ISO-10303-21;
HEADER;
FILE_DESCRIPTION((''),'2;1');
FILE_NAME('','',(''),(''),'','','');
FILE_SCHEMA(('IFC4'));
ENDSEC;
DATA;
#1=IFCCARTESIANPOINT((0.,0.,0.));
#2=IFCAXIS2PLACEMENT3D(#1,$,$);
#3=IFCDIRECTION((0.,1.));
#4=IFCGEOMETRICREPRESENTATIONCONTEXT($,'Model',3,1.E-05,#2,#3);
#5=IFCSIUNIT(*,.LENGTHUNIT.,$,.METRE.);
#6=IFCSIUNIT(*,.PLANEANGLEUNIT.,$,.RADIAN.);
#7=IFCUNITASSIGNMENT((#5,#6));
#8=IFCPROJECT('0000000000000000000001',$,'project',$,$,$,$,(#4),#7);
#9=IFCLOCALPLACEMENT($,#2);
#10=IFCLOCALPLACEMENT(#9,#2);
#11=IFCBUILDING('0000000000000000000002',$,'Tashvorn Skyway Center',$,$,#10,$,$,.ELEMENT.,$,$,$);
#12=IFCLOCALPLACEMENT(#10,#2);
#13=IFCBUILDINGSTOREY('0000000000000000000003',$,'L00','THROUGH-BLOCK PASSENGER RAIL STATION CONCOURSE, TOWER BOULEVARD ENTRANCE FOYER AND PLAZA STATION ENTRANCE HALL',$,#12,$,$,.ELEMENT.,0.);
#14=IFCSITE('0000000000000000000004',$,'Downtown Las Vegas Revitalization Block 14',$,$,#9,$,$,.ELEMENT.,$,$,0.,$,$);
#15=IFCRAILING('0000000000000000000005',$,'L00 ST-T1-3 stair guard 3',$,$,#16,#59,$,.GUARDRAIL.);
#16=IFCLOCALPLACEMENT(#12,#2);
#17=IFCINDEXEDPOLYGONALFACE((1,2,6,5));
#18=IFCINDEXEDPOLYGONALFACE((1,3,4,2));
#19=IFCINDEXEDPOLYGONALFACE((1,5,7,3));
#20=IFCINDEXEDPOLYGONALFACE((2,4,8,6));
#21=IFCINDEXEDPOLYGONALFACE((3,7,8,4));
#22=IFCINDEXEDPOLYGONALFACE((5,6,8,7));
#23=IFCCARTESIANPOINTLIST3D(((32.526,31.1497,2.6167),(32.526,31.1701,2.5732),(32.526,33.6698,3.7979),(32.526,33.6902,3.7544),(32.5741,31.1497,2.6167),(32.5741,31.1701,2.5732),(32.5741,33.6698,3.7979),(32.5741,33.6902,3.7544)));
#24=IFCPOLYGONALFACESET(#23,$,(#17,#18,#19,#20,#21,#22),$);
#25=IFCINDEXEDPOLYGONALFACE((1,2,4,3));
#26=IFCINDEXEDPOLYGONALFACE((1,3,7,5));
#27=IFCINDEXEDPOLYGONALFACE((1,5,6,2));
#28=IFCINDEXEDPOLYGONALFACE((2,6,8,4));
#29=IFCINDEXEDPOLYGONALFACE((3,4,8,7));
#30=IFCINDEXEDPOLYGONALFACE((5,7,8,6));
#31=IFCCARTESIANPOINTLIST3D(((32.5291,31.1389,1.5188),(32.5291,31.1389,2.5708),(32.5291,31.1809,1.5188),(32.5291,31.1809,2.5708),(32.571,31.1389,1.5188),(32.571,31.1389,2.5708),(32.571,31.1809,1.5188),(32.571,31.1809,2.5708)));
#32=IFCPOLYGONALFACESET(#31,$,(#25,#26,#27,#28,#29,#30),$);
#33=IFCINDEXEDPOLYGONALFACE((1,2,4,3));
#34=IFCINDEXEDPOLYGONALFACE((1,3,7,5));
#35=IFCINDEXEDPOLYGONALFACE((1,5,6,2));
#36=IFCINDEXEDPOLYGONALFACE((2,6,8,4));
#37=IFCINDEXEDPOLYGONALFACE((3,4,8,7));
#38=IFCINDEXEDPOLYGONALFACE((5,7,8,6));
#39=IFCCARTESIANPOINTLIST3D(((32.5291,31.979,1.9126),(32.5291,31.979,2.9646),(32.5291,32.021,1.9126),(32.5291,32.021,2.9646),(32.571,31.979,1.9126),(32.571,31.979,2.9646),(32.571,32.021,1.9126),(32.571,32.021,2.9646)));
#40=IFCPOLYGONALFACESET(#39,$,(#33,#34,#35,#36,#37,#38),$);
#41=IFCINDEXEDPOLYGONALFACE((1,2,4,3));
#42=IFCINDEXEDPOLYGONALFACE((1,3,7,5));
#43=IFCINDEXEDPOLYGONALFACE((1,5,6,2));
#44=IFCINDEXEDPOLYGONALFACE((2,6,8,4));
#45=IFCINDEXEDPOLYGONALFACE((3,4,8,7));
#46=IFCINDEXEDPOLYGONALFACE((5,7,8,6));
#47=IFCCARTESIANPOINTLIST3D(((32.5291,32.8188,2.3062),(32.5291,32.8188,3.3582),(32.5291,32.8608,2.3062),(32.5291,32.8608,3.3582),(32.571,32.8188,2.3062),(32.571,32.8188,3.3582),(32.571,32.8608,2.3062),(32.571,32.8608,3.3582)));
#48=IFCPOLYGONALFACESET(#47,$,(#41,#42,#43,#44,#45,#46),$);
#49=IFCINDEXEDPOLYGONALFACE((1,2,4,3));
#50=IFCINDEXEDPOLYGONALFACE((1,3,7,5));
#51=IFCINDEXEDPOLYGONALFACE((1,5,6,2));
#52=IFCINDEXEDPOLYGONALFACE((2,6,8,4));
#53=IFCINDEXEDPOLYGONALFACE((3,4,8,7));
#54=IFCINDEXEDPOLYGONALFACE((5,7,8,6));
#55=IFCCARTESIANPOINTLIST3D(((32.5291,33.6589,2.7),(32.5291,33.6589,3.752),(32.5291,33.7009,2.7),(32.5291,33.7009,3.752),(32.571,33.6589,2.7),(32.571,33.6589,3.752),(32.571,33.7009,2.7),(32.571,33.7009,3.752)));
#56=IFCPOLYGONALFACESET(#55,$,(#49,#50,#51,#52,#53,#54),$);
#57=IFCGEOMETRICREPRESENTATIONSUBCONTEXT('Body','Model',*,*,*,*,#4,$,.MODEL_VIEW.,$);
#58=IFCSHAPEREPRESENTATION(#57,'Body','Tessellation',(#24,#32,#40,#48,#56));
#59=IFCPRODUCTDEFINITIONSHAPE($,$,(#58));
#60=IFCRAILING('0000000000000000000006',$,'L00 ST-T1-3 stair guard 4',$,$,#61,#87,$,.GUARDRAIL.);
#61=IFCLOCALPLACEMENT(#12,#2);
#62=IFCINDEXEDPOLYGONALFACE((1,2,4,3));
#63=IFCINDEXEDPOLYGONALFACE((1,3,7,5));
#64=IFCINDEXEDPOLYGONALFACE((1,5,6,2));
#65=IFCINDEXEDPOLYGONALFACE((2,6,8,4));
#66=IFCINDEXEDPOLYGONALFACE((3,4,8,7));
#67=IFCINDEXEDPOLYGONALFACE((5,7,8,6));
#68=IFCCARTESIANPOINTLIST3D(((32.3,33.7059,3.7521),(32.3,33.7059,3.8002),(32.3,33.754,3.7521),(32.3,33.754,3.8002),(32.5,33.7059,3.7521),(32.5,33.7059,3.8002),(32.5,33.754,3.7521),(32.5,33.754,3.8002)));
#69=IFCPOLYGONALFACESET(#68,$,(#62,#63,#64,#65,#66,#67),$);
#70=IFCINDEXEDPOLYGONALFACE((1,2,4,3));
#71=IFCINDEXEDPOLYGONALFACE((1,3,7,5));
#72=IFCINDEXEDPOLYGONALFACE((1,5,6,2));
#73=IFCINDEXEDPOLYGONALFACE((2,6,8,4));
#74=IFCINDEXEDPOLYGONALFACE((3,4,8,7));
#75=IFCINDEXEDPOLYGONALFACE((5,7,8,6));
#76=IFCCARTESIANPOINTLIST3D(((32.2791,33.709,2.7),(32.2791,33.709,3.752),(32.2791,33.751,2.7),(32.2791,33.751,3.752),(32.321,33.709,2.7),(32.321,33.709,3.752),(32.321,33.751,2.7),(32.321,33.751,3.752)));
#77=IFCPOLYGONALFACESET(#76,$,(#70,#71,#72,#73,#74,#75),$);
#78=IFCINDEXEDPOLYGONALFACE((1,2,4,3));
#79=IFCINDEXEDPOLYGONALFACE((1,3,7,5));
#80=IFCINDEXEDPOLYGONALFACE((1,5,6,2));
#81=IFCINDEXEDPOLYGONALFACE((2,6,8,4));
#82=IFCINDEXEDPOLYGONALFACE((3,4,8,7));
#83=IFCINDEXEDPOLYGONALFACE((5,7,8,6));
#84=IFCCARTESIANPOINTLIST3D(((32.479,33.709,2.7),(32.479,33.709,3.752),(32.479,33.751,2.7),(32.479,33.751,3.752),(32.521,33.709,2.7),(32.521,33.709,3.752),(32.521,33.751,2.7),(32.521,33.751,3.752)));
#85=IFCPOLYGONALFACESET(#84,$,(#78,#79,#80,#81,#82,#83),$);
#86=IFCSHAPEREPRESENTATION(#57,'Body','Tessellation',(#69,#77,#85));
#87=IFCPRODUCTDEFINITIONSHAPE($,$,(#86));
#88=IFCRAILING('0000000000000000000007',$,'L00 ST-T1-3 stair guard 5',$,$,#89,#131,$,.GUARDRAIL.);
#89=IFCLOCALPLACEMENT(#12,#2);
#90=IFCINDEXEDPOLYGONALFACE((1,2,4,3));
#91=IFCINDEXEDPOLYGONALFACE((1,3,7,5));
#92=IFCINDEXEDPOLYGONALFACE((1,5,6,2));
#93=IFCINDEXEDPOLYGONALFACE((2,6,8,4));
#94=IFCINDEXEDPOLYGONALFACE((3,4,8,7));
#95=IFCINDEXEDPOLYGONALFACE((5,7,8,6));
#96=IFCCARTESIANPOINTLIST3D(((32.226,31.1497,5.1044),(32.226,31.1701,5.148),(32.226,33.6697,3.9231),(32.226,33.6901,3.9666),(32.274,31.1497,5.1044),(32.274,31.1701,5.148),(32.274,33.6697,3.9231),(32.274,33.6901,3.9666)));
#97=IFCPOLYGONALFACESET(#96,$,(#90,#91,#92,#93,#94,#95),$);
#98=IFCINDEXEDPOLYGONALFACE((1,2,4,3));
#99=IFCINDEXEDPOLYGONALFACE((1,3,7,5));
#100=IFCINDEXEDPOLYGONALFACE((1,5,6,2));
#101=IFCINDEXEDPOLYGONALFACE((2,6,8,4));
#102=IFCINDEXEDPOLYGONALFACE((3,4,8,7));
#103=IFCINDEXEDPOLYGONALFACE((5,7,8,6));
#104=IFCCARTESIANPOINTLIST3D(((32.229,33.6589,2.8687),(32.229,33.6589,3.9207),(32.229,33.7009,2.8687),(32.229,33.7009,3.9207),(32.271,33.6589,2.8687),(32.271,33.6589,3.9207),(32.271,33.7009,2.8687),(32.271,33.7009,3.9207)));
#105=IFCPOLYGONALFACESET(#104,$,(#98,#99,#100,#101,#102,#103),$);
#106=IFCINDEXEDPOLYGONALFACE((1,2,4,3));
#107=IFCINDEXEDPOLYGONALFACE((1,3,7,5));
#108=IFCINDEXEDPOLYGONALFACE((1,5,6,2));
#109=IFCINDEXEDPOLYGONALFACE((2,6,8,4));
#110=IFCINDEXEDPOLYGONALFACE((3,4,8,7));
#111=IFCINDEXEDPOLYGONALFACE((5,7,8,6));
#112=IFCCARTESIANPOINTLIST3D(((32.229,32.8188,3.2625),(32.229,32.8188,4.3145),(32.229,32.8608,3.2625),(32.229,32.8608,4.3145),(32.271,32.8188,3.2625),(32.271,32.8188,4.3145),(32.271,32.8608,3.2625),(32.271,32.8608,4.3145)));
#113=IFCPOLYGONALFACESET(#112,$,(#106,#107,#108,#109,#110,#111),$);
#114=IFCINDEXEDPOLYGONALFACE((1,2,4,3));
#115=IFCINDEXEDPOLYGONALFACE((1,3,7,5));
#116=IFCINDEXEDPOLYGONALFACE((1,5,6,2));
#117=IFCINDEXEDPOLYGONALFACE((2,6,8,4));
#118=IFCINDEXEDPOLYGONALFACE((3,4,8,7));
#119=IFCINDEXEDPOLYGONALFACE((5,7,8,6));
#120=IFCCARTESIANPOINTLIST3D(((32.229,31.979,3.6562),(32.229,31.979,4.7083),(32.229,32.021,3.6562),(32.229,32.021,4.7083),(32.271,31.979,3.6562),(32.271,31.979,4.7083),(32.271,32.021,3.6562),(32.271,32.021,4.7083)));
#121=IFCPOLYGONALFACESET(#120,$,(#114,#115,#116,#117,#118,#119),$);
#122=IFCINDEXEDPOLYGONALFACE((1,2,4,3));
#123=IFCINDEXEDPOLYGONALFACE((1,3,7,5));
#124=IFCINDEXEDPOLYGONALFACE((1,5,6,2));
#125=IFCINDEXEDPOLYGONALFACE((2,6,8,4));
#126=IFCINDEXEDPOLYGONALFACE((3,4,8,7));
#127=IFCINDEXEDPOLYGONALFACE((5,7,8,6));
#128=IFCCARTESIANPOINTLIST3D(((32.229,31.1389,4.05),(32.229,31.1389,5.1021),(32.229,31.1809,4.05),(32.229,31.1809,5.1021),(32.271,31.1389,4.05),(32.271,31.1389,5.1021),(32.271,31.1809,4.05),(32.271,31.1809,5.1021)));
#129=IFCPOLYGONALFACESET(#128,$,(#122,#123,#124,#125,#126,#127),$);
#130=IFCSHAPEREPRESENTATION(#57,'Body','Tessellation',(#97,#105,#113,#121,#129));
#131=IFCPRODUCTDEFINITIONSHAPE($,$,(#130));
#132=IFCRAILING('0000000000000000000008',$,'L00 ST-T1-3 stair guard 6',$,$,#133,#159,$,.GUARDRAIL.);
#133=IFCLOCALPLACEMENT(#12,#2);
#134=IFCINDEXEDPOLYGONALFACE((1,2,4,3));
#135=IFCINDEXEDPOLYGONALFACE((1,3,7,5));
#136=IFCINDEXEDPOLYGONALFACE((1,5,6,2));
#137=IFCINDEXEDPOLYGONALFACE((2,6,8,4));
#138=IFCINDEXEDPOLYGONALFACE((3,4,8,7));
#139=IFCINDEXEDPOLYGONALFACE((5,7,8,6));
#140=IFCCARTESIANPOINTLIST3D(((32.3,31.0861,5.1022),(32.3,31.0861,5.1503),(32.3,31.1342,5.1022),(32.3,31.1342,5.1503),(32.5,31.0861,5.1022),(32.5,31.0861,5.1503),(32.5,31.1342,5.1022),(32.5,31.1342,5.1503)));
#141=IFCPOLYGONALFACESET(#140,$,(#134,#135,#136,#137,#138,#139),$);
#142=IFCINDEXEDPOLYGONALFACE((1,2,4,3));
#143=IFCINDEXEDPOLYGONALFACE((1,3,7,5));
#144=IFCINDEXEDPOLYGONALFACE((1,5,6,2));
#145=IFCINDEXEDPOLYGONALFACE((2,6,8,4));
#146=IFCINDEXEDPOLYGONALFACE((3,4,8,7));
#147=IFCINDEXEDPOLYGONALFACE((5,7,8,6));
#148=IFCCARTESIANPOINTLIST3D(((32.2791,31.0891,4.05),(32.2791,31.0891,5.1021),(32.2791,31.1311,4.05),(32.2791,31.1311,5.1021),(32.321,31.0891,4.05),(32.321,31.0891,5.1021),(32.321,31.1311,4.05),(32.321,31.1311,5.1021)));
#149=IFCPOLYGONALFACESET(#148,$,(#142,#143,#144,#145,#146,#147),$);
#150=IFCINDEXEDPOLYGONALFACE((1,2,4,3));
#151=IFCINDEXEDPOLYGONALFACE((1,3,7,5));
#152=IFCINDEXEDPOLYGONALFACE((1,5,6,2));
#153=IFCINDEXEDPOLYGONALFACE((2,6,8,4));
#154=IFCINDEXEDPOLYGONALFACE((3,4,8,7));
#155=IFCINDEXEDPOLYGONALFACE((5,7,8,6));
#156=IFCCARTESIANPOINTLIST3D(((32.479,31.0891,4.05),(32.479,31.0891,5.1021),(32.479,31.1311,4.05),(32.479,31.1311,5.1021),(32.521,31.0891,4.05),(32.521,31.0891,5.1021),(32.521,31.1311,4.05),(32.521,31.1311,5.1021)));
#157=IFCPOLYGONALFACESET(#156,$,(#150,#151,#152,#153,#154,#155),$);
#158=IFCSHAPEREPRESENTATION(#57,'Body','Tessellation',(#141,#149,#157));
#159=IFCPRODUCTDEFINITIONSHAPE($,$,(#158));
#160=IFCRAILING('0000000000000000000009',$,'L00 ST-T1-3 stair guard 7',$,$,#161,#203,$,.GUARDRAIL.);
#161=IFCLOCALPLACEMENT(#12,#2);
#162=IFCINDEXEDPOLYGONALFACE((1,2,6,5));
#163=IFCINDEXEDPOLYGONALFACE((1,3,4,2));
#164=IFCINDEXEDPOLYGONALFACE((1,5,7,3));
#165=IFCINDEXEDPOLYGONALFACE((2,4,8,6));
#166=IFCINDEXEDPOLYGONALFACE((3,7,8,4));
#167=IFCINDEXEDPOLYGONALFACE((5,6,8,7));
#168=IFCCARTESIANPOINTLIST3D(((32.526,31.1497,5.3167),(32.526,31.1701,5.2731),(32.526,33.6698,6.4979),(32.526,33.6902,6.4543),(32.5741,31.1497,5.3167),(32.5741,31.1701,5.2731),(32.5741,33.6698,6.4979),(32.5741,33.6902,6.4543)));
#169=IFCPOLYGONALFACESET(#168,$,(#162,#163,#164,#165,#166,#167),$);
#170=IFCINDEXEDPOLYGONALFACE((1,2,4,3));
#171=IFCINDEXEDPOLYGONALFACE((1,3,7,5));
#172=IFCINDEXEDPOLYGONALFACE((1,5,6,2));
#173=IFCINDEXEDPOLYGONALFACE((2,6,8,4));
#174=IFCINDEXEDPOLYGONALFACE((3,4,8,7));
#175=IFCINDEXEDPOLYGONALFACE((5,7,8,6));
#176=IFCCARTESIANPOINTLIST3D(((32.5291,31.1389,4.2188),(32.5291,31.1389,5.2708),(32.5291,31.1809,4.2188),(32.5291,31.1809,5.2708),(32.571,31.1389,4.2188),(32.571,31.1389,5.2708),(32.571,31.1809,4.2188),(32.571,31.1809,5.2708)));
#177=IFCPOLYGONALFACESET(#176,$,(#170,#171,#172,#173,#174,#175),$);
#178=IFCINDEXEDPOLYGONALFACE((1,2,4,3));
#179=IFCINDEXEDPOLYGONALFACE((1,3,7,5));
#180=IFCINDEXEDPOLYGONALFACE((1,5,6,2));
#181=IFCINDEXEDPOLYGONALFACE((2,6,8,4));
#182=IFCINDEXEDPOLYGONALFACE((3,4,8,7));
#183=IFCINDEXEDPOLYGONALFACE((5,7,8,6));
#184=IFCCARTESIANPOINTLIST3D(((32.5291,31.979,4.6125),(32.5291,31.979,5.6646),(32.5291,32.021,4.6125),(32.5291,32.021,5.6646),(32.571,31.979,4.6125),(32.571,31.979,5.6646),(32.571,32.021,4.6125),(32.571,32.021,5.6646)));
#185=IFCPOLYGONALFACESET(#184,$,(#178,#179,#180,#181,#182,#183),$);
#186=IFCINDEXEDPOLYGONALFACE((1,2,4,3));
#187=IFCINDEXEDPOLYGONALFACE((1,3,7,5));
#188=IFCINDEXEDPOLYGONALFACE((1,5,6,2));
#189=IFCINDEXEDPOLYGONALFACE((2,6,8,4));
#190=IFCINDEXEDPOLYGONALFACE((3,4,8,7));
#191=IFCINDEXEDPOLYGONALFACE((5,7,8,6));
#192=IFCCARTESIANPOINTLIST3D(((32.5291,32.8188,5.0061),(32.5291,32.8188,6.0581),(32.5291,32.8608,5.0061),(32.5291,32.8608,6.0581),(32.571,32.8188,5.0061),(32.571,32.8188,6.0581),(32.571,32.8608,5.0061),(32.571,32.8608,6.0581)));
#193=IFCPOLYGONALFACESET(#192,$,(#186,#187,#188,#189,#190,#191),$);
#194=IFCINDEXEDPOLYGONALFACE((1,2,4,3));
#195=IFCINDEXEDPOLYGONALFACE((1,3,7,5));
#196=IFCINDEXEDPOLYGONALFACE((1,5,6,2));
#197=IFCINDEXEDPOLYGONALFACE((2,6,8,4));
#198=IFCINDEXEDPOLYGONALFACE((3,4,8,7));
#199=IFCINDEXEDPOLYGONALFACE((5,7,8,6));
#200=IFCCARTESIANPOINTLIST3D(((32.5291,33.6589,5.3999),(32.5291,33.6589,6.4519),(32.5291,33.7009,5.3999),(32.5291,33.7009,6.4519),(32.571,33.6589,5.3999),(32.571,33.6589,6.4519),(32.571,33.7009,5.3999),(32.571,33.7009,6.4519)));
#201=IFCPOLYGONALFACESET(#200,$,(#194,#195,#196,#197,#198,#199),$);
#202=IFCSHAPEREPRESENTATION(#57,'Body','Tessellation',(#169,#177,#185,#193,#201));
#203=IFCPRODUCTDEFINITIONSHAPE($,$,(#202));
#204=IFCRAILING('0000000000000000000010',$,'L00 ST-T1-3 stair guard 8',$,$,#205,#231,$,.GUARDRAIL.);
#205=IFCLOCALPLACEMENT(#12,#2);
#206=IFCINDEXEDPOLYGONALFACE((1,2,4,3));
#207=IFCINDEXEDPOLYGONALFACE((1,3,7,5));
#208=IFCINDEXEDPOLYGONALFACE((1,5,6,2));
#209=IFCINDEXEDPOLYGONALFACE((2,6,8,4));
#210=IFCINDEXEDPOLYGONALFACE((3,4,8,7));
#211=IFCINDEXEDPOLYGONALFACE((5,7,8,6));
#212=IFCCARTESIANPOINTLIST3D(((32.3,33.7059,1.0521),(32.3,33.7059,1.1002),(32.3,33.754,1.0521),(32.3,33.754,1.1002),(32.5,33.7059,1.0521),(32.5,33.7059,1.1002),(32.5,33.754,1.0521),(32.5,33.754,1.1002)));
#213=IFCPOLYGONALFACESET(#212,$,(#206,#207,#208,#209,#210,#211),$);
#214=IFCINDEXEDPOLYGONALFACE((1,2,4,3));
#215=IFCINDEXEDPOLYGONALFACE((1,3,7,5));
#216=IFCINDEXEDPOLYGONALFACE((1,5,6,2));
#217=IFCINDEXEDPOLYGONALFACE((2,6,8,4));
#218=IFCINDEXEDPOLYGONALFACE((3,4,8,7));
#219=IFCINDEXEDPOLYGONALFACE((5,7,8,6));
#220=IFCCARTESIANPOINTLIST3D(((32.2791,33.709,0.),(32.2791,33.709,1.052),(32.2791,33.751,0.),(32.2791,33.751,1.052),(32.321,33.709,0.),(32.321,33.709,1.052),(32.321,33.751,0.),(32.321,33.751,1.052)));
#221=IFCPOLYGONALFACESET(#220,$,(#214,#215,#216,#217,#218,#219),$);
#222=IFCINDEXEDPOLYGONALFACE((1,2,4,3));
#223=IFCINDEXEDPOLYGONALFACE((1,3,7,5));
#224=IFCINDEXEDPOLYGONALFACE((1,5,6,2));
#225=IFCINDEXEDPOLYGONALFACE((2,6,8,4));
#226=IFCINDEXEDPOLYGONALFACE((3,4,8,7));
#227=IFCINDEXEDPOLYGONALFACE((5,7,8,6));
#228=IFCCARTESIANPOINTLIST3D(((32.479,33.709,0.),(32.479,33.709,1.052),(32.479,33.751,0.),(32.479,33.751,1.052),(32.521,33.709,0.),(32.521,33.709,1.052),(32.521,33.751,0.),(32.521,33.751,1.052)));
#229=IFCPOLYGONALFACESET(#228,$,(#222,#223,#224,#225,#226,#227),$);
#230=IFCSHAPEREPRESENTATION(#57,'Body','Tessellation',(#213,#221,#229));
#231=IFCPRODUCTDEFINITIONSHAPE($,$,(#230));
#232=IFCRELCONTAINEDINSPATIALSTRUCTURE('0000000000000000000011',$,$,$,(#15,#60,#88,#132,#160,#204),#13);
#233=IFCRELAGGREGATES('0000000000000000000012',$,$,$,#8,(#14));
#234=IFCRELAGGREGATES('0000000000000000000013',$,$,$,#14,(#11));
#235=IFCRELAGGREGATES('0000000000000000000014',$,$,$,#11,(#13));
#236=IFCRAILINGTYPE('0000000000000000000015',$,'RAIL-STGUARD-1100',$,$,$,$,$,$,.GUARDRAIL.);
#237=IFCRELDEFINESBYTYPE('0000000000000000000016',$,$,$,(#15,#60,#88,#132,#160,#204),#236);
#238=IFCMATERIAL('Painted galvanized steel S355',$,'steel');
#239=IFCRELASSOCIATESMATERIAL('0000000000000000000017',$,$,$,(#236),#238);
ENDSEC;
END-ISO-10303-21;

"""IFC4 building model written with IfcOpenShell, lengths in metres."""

from ifc_helpers import new_model, si_unit, direction, frame, origin, origin_2d, place, context, subcontext, project, spatial, rectangle, extrude, material, type_object, element, save


model = new_model("IFC4")

# Units and contexts
model_context = context("Model", 3, precision=1e-05, world=origin(), true_north=direction((0.0, 1.0)))
body_context = subcontext(model_context, "Body", "Model", "MODEL_VIEW")
ifc_project = project(units=[si_unit("LENGTHUNIT", "METRE"), si_unit("PLANEANGLEUNIT", "RADIAN")], contexts=[model_context])

# Site, building, storey
site_placement = place(None, origin())
site = spatial("IfcSite", under=ifc_project, at=site_placement, Name="Downtown Las Vegas Revitalization Block 14", CompositionType="ELEMENT", RefElevation=0.0)
building_placement = place(site_placement, origin())
building = spatial("IfcBuilding", under=site, at=building_placement, Name="Tashvorn Skyway Center", CompositionType="ELEMENT")
storey_placement = place(building_placement, origin())
storey = spatial("IfcBuildingStorey", under=building, at=storey_placement, Name="L00", Description="THROUGH-BLOCK PASSENGER RAIL STATION CONCOURSE, TOWER BOULEVARD ENTRANCE FOYER AND PLAZA STATION ENTRANCE HALL", CompositionType="ELEMENT", Elevation=0.0)

# Railings
ifc_material_1 = material(Name="Painted galvanized steel S355", Category="steel")
railing_type_1 = type_object("IfcRailingType", Name="RAIL-STGUARD-1100", PredefinedType="GUARDRAIL", material=ifc_material_1)
railing_1_placement = place(storey_placement, frame((32.55, 31.1599, 1.5188)))
element("IfcRailing", 1, at=railing_1_placement, inside=storey, type_object=railing_type_1, Name="L00 ST-T1-3 stair guard 3", PredefinedType="GUARDRAIL", context=body_context, shape_type="SweptSolid", body=[
    extrude(rectangle(XDim=0.0481, YDim=0.0481, at=origin_2d()), frame((0.0, 0.0, 1.0762), z_axis=(0.0, 0.905474, 0.424402), x_axis=(-1.0, 0.0, 0.0)), (0.0, 0.0, 1.0), 2.7832),
    extrude(rectangle(XDim=0.042, YDim=0.042, at=origin_2d()), origin(), (0.0, 0.0, 1.0), 1.052),
    extrude(rectangle(XDim=0.042, YDim=0.042, at=origin_2d()), frame((0.0, 0.8401, 0.3938)), (0.0, 0.0, 1.0), 1.052),
    extrude(rectangle(XDim=0.042, YDim=0.042, at=origin_2d()), frame((0.0, 1.6799, 0.7874)), (0.0, 0.0, 1.0), 1.052),
    extrude(rectangle(XDim=0.042, YDim=0.042, at=origin_2d()), frame((0.0, 2.52, 1.1812)), (0.0, 0.0, 1.0), 1.052),
])
railing_2_placement = place(storey_placement, frame((32.3, 33.73, 2.7)))
element("IfcRailing", 2, at=railing_2_placement, inside=storey, type_object=railing_type_1, Name="L00 ST-T1-3 stair guard 4", PredefinedType="GUARDRAIL", context=body_context, shape_type="SweptSolid", body=[
    extrude(rectangle(XDim=0.0481, YDim=0.0481, at=origin_2d()), frame((0.0, 0.0, 1.0762), z_axis=(1.0, 0.0, 0.0), x_axis=(0.0, 1.0, 0.0)), (0.0, 0.0, 1.0), 0.2),
    extrude(rectangle(XDim=0.042, YDim=0.042, at=origin_2d()), origin(), (0.0, 0.0, 1.0), 1.052),
    extrude(rectangle(XDim=0.042, YDim=0.042, at=origin_2d()), frame((0.2, 0.0, 0.0)), (0.0, 0.0, 1.0), 1.052),
])
railing_3_placement = place(storey_placement, frame((32.25, 33.6799, 2.8687)))
element("IfcRailing", 3, at=railing_3_placement, inside=storey, type_object=railing_type_1, Name="L00 ST-T1-3 stair guard 5", PredefinedType="GUARDRAIL", context=body_context, shape_type="SweptSolid", body=[
    extrude(rectangle(XDim=0.0481, YDim=0.0481, at=origin_2d()), frame((0.0, 0.0, 1.0762), z_axis=(0.0, -0.90544, 0.424474), x_axis=(1.0, 0.0, 0.0)), (0.0, 0.0, 1.0), 2.7832),
    extrude(rectangle(XDim=0.042, YDim=0.042, at=origin_2d()), origin(), (0.0, 0.0, 1.0), 1.052),
    extrude(rectangle(XDim=0.042, YDim=0.042, at=origin_2d()), frame((0.0, -0.8401, 0.3938)), (0.0, 0.0, 1.0), 1.052),
    extrude(rectangle(XDim=0.042, YDim=0.042, at=origin_2d()), frame((0.0, -1.6799, 0.7876)), (0.0, 0.0, 1.0), 1.052),
    extrude(rectangle(XDim=0.042, YDim=0.042, at=origin_2d()), frame((0.0, -2.52, 1.1814)), (0.0, 0.0, 1.0), 1.052),
])
railing_4_placement = place(storey_placement, frame((32.3, 31.1101, 4.05)))
element("IfcRailing", 4, at=railing_4_placement, inside=storey, type_object=railing_type_1, Name="L00 ST-T1-3 stair guard 6", PredefinedType="GUARDRAIL", context=body_context, shape_type="SweptSolid", body=[
    extrude(rectangle(XDim=0.0481, YDim=0.0481, at=origin_2d()), frame((0.0, 0.0, 1.0762), z_axis=(1.0, 0.0, 0.0), x_axis=(0.0, 1.0, 0.0)), (0.0, 0.0, 1.0), 0.2),
    extrude(rectangle(XDim=0.042, YDim=0.042, at=origin_2d()), origin(), (0.0, 0.0, 1.0), 1.052),
    extrude(rectangle(XDim=0.042, YDim=0.042, at=origin_2d()), frame((0.2, 0.0, 0.0)), (0.0, 0.0, 1.0), 1.052),
])
railing_5_placement = place(storey_placement, frame((32.55, 31.1599, 4.2188)))
element("IfcRailing", 5, at=railing_5_placement, inside=storey, type_object=railing_type_1, Name="L00 ST-T1-3 stair guard 7", PredefinedType="GUARDRAIL", context=body_context, shape_type="SweptSolid", body=[
    extrude(rectangle(XDim=0.0481, YDim=0.0481, at=origin_2d()), frame((0.0, 0.0, 1.0762), z_axis=(0.0, 0.905474, 0.424402), x_axis=(-1.0, 0.0, 0.0)), (0.0, 0.0, 1.0), 2.7832),
    extrude(rectangle(XDim=0.042, YDim=0.042, at=origin_2d()), origin(), (0.0, 0.0, 1.0), 1.052),
    extrude(rectangle(XDim=0.042, YDim=0.042, at=origin_2d()), frame((0.0, 0.8401, 0.3938)), (0.0, 0.0, 1.0), 1.052),
    extrude(rectangle(XDim=0.042, YDim=0.042, at=origin_2d()), frame((0.0, 1.6799, 0.7874)), (0.0, 0.0, 1.0), 1.052),
    extrude(rectangle(XDim=0.042, YDim=0.042, at=origin_2d()), frame((0.0, 2.52, 1.1812)), (0.0, 0.0, 1.0), 1.052),
])
railing_6_placement = place(storey_placement, frame((32.3, 33.73, 0.0)))
element("IfcRailing", 6, at=railing_6_placement, inside=storey, type_object=railing_type_1, Name="L00 ST-T1-3 stair guard 8", PredefinedType="GUARDRAIL", context=body_context, shape_type="SweptSolid", body=[
    extrude(rectangle(XDim=0.0481, YDim=0.0481, at=origin_2d()), frame((0.0, 0.0, 1.0762), z_axis=(1.0, 0.0, 0.0), x_axis=(0.0, 1.0, 0.0)), (0.0, 0.0, 1.0), 0.2),
    extrude(rectangle(XDim=0.042, YDim=0.042, at=origin_2d()), origin(), (0.0, 0.0, 1.0), 1.052),
    extrude(rectangle(XDim=0.042, YDim=0.042, at=origin_2d()), frame((0.2, 0.0, 0.0)), (0.0, 0.0, 1.0), 1.052),
])

save(model, "model.ifc")
